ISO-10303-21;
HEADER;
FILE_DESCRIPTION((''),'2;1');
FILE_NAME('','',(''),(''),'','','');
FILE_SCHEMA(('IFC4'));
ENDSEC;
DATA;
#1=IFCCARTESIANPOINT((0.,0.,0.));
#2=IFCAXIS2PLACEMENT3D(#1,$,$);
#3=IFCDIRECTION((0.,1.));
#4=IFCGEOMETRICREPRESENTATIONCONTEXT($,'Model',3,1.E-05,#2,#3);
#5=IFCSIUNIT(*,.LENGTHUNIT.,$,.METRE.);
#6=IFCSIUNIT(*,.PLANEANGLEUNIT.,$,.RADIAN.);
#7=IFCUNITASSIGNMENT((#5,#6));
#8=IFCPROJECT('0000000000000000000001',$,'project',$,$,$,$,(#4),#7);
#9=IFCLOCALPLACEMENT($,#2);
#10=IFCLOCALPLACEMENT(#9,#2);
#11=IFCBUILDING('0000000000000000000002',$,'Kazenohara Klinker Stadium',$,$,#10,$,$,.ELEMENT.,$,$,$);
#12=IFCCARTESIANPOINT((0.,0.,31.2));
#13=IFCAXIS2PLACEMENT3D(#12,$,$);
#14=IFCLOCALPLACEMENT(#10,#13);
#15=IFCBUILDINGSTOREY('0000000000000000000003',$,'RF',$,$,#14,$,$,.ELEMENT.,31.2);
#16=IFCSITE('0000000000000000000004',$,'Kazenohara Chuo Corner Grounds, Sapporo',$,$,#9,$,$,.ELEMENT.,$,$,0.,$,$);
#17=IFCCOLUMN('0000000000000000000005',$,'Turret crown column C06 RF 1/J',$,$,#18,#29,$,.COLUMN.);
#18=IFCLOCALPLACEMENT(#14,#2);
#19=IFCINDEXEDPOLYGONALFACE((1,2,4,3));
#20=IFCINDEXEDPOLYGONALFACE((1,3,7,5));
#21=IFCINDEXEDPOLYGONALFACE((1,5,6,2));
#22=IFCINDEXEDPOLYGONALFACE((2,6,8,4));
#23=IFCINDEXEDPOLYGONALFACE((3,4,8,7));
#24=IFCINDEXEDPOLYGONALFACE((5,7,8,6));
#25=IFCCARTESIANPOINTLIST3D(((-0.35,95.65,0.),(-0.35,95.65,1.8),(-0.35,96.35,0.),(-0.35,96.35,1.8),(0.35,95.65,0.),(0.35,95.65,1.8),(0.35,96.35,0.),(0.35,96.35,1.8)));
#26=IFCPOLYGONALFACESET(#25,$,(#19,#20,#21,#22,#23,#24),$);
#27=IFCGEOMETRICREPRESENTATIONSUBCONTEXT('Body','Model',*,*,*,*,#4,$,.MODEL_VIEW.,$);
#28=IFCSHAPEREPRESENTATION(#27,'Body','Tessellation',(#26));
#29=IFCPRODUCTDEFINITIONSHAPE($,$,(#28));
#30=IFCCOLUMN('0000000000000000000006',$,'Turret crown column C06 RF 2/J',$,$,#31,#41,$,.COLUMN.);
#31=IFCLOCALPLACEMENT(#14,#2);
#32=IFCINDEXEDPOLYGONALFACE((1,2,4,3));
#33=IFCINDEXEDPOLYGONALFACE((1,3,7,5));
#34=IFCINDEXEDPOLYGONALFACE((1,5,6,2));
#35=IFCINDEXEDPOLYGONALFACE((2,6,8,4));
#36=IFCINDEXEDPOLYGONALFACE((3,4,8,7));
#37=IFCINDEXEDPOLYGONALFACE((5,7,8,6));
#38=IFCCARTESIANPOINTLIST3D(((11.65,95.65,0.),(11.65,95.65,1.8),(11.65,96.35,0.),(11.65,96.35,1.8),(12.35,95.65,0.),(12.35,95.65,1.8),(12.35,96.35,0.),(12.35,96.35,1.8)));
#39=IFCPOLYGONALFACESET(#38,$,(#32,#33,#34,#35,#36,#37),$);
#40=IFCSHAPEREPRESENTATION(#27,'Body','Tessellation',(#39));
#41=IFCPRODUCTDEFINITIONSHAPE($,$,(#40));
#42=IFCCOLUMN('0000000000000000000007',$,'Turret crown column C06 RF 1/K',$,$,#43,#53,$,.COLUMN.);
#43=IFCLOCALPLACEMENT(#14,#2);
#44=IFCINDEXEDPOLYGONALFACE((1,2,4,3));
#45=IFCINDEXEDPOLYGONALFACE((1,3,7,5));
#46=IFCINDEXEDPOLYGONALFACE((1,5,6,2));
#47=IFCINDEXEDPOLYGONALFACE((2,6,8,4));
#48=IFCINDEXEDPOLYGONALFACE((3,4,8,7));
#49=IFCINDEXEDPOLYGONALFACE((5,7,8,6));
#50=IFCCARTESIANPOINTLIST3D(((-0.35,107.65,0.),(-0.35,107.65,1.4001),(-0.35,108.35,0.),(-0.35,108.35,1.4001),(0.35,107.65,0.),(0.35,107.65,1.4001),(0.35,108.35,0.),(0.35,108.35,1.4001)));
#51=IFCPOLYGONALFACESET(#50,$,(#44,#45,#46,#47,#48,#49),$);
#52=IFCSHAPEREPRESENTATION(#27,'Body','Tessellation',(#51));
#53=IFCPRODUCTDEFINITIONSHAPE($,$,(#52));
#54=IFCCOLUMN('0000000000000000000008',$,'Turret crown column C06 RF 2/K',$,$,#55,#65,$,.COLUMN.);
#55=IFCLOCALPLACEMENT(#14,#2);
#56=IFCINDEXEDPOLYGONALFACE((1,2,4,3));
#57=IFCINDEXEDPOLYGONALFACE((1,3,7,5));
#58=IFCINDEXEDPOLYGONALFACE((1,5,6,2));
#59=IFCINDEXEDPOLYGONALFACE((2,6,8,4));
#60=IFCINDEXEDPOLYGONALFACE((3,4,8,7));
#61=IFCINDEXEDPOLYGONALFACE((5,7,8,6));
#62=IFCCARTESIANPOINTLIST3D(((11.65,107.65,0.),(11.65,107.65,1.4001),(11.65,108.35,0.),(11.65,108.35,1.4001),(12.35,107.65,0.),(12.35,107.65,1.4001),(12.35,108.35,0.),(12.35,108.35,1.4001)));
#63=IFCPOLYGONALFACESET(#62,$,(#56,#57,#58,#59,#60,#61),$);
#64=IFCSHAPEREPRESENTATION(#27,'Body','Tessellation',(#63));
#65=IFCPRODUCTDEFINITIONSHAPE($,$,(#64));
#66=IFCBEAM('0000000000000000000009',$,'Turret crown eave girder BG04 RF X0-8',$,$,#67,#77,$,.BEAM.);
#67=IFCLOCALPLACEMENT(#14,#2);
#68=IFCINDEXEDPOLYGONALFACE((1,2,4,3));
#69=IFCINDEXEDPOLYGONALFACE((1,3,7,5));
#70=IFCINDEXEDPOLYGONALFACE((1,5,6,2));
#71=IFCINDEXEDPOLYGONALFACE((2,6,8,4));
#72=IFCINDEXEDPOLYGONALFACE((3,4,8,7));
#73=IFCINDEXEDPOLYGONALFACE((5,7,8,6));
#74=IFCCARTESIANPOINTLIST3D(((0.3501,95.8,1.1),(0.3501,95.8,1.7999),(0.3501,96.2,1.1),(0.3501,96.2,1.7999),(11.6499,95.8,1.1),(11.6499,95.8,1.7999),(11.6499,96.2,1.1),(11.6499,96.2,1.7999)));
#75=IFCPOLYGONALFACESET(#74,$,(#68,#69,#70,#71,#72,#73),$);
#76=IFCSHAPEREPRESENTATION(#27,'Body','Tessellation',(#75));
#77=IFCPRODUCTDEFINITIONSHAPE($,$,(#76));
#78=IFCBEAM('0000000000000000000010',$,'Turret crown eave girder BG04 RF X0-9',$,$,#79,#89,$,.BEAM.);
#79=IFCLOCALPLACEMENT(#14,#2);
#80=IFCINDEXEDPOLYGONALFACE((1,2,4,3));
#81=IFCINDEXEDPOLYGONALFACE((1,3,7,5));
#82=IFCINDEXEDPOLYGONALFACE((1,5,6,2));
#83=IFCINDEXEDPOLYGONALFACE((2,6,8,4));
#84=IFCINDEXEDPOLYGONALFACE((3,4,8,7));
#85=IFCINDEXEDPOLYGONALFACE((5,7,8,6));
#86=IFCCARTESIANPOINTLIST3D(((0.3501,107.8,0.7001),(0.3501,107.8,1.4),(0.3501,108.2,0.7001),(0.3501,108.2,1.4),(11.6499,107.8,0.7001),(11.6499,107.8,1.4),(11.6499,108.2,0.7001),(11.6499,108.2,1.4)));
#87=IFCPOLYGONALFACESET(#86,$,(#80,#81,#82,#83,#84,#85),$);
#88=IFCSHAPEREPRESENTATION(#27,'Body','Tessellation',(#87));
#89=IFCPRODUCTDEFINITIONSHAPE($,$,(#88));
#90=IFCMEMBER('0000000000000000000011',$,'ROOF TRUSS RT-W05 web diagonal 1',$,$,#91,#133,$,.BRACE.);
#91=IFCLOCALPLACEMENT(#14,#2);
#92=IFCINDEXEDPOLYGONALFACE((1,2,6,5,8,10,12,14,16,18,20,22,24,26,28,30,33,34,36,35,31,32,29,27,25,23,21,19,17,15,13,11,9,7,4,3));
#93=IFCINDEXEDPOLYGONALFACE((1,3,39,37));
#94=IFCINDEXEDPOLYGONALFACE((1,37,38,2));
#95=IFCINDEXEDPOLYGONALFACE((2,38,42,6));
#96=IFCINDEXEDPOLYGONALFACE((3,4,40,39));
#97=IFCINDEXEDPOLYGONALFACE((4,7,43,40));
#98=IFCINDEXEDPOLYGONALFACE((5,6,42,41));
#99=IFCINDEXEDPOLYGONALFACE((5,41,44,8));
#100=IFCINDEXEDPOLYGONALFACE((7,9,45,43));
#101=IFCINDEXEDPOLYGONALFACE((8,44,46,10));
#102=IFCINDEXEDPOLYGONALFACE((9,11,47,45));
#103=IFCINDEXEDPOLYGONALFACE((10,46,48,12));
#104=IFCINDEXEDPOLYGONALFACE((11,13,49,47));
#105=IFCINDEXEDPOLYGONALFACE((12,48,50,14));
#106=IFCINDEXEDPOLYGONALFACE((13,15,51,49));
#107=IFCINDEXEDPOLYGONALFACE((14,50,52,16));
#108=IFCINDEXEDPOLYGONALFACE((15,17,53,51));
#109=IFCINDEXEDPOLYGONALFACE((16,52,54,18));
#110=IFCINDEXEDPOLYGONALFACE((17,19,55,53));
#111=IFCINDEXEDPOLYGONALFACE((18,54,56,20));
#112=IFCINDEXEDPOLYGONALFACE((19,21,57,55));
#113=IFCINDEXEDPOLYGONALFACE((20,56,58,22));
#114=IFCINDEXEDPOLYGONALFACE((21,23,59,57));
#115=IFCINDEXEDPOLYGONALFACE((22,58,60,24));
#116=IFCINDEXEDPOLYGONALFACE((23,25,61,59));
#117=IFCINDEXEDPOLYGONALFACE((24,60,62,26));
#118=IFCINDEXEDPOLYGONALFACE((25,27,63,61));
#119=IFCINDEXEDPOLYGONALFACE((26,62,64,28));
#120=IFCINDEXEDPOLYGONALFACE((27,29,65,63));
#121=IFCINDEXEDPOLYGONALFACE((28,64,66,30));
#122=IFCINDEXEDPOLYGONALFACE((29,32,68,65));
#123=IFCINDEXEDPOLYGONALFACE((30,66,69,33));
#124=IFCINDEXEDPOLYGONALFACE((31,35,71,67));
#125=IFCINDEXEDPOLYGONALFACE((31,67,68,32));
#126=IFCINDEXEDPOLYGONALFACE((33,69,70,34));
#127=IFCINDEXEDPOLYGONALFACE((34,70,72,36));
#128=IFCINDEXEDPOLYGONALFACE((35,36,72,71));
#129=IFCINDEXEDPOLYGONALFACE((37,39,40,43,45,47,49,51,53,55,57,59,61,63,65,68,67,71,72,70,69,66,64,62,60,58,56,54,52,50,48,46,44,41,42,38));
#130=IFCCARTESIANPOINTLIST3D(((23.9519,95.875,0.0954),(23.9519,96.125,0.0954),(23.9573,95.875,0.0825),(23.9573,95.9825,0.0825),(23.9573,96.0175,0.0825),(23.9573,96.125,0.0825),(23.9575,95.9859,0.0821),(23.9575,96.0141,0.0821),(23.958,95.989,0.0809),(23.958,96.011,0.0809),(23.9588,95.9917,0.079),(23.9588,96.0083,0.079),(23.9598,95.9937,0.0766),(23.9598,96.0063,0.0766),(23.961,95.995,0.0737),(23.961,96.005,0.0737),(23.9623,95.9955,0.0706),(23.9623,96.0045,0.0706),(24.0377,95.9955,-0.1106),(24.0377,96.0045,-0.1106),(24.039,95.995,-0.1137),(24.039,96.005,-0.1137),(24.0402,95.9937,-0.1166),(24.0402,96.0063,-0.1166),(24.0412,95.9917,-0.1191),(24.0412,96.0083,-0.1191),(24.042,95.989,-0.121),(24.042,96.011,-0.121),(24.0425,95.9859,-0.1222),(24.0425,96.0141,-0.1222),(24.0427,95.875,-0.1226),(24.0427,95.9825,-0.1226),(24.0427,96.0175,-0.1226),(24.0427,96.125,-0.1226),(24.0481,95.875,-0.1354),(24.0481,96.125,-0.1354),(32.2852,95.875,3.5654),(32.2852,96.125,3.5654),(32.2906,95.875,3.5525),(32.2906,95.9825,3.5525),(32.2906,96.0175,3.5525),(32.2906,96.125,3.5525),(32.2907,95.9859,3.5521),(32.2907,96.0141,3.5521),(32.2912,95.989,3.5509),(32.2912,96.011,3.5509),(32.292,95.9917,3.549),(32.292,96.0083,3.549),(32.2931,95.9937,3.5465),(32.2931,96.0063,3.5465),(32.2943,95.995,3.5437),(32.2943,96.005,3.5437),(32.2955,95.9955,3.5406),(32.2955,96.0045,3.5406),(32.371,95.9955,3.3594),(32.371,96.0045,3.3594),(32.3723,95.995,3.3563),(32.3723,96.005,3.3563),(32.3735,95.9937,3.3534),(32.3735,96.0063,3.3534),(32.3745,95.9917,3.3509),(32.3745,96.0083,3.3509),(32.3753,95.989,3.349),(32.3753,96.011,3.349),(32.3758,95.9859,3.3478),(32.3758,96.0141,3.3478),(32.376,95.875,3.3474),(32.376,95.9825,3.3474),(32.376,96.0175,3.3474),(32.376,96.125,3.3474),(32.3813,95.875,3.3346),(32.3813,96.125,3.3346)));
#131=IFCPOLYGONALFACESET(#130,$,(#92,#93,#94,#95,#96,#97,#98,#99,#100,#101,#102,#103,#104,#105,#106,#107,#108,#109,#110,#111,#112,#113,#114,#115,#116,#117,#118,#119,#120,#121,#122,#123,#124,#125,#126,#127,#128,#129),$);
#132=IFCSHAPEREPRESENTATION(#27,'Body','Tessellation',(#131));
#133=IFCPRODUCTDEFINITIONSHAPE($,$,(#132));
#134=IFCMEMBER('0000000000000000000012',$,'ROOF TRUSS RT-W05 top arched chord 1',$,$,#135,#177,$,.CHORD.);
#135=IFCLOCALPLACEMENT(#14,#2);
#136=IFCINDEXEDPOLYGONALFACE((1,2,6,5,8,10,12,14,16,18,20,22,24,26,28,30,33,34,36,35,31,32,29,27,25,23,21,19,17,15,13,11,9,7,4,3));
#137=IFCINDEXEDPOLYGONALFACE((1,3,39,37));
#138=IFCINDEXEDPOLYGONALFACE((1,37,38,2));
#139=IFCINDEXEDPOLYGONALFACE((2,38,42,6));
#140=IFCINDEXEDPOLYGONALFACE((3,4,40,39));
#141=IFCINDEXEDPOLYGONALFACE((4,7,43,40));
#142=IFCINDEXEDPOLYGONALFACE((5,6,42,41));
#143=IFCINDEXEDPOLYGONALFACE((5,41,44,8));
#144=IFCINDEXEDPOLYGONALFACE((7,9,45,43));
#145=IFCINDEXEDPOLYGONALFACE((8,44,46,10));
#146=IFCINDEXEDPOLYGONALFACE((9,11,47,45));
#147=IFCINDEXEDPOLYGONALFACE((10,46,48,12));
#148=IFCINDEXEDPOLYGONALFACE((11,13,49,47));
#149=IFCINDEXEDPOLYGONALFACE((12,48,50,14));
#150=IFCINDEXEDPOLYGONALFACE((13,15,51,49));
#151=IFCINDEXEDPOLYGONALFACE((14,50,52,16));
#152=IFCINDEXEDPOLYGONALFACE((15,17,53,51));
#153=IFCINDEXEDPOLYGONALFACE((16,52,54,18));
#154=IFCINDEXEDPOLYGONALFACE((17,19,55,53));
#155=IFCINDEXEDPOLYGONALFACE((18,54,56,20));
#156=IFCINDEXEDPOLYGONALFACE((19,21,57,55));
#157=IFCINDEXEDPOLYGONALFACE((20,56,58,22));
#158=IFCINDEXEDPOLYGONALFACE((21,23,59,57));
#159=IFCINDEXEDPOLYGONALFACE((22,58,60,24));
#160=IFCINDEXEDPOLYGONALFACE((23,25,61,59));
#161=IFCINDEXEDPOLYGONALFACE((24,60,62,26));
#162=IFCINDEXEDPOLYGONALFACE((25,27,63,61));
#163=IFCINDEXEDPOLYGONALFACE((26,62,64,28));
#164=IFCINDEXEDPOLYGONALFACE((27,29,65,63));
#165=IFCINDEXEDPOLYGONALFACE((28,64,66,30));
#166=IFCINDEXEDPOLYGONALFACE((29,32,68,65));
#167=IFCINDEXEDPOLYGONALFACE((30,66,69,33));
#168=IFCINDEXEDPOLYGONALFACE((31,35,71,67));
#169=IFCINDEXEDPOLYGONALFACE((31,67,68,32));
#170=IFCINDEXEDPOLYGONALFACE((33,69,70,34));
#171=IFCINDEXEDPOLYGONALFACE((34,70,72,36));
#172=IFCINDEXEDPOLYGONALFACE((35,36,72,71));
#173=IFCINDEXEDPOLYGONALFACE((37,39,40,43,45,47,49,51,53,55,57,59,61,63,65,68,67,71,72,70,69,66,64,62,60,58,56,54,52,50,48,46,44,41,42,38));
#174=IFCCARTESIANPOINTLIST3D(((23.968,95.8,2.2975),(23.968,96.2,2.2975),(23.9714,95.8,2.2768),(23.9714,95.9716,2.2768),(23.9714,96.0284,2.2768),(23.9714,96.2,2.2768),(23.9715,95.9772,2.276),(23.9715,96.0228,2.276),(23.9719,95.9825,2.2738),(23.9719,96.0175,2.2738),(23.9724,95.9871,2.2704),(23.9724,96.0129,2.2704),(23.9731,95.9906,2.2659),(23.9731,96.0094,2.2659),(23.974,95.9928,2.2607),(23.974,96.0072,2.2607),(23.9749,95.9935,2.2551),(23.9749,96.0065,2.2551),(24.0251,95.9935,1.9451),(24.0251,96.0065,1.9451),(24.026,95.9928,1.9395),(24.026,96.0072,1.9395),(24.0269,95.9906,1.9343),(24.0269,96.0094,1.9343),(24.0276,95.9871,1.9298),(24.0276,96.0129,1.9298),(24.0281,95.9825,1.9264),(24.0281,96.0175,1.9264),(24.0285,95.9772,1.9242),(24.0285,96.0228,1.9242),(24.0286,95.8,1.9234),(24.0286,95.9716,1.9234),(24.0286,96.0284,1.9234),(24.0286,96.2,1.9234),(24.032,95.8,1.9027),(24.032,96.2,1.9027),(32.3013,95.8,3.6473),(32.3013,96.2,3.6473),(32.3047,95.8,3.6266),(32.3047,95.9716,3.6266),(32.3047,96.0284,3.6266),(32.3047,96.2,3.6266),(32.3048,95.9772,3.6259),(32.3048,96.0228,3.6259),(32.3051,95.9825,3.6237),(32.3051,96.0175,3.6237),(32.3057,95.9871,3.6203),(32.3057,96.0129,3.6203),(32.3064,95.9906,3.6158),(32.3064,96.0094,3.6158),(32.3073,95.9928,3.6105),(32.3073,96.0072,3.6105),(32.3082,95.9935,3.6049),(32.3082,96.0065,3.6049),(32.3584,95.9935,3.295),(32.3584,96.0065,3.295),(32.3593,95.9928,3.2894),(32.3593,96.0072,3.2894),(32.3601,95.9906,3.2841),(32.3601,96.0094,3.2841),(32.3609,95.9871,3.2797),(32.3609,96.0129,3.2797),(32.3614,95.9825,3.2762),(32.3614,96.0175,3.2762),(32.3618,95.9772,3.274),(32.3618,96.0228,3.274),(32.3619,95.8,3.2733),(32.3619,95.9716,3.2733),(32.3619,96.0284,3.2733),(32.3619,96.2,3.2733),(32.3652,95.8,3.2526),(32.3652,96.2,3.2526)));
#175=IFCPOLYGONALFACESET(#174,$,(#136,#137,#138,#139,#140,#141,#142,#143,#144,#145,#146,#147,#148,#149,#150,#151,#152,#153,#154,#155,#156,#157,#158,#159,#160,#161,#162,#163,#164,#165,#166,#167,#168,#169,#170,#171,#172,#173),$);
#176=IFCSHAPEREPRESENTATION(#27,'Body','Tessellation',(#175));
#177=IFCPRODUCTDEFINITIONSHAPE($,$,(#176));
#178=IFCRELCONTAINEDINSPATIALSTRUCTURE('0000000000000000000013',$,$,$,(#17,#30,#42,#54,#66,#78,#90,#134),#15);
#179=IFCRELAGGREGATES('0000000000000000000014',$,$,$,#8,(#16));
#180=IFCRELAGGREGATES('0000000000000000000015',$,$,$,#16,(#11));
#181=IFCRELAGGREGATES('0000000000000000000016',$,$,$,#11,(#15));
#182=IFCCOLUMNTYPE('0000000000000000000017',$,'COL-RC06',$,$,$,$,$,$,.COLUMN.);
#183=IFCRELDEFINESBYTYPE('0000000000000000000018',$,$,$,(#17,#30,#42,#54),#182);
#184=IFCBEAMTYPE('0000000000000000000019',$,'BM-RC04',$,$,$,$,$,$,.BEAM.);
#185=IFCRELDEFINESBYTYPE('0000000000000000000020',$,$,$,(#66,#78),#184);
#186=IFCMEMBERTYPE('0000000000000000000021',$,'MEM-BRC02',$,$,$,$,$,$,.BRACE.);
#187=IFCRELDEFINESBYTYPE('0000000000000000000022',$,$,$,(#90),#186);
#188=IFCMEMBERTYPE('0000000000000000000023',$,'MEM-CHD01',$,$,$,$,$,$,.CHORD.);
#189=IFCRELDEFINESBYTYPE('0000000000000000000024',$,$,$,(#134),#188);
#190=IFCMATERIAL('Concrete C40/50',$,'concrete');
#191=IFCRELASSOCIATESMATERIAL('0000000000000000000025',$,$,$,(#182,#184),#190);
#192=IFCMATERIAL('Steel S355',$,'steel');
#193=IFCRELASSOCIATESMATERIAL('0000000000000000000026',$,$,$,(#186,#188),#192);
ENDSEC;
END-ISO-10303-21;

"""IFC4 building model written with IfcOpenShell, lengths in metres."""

from ifc_helpers import new_model, si_unit, direction, frame, origin, origin_2d, place, context, subcontext, project, spatial, rectangle, i_section, extrude, material, material_profile, profile_set, type_object, element, save


model = new_model("IFC4")

# Units and contexts
model_context = context("Model", 3, precision=1e-05, world=origin(), true_north=direction((0.0, 1.0)))
body_context = subcontext(model_context, "Body", "Model", "MODEL_VIEW")
ifc_project = project(units=[si_unit("LENGTHUNIT", "METRE"), si_unit("PLANEANGLEUNIT", "RADIAN")], contexts=[model_context])

# Site, building, storey
site_placement = place(None, origin())
site = spatial("IfcSite", under=ifc_project, at=site_placement, Name="Kazenohara Chuo Corner Grounds, Sapporo", CompositionType="ELEMENT", RefElevation=0.0)
building_placement = place(site_placement, origin())
building = spatial("IfcBuilding", under=site, at=building_placement, Name="Kazenohara Klinker Stadium", CompositionType="ELEMENT")
storey_placement = place(building_placement, frame((0.0, 0.0, 31.2)))
storey = spatial("IfcBuildingStorey", under=building, at=storey_placement, Name="RF", CompositionType="ELEMENT", Elevation=31.2)

# Columns
ifc_material_1 = material(Name="Concrete C40/50", Category="concrete")
ifc_material_profile_1 = material_profile(ifc_material_1, rectangle(XDim=0.7, YDim=0.7, at=origin_2d()), Name="RC-COL-700x700")
ifc_profile_set_1 = profile_set([ifc_material_profile_1], Name="Concrete C40/50")
column_type = type_object("IfcColumnType", Name="COL-RC06", PredefinedType="COLUMN", material=ifc_profile_set_1)
for number, where, z_axis, x_axis, name in (
    (1, (0.0, 96.0, 0.0), (0.0, 0.0, 1.0), (1.0, 0.0, 0.0), "Turret crown column C06 RF 1/J"),
    (2, (12.0, 96.0, 0.0), (0.0, 0.0, 1.0), (1.0, 0.0, 0.0), "Turret crown column C06 RF 2/J"),
):
    element("IfcColumn", number, at=place(storey_placement, frame(where, z_axis=z_axis, x_axis=x_axis)), inside=storey, type_object=column_type, Name=name, PredefinedType="COLUMN", context=body_context, shape_type="SweptSolid", body=[
        extrude(rectangle(XDim=0.7, YDim=0.7, at=origin_2d()), origin(), (0.0, 0.0, 1.0), 1.8),
    ])
for number, where, z_axis, x_axis, name in (
    (3, (0.0, 108.0, 0.0), (0.0, 0.0, 1.0), (1.0, 0.0, 0.0), "Turret crown column C06 RF 1/K"),
    (4, (12.0, 108.0, 0.0), (0.0, 0.0, 1.0), (1.0, 0.0, 0.0), "Turret crown column C06 RF 2/K"),
):
    element("IfcColumn", number, at=place(storey_placement, frame(where, z_axis=z_axis, x_axis=x_axis)), inside=storey, type_object=column_type, Name=name, PredefinedType="COLUMN", context=body_context, shape_type="SweptSolid", body=[
        extrude(rectangle(XDim=0.7, YDim=0.7, at=origin_2d()), origin(), (0.0, 0.0, 1.0), 1.4001),
    ])

# Beams
ifc_material_profile_2 = material_profile(ifc_material_1, rectangle(XDim=0.3999, YDim=0.7, at=origin_2d()), Name="RC-BM-400x700")
ifc_profile_set_2 = profile_set([ifc_material_profile_2], Name="Concrete C40/50")
beam_type = type_object("IfcBeamType", Name="BM-RC04", PredefinedType="BEAM", material=ifc_profile_set_2)
for number, where, z_axis, x_axis, name in (
    (5, (0.3501, 96.0, 1.45), (1.0, 0.0, 0.0), (0.0, 1.0, 0.0), "Turret crown eave girder BG04 RF X0-8"),
    (6, (0.3501, 108.0, 1.05), (1.0, 0.0, 0.0), (0.0, 1.0, 0.0), "Turret crown eave girder BG04 RF X0-9"),
):
    element("IfcBeam", number, at=place(storey_placement, frame(where, z_axis=z_axis, x_axis=x_axis)), inside=storey, type_object=beam_type, Name=name, PredefinedType="BEAM", context=body_context, shape_type="SweptSolid", body=[
        extrude(rectangle(XDim=0.3999, YDim=0.7, at=origin_2d()), origin(), (0.0, 0.0, 1.0), 11.2998),
    ])

# Members
ifc_material_2 = material(Name="Steel S355", Category="steel")
ifc_material_profile_3 = material_profile(ifc_material_2, i_section(OverallWidth=0.25, OverallDepth=0.25, WebThickness=0.009, FlangeThickness=0.0139, FilletRadius=0.0129, at=origin_2d()), Name="H-250x250x9x14")
ifc_profile_set_3 = profile_set([ifc_material_profile_3], Name="Steel S355")
member_type_1 = type_object("IfcMemberType", Name="MEM-BRC02", PredefinedType="BRACE", material=ifc_profile_set_3)
member_1_placement = place(storey_placement, frame((24.0, 96.0, -0.02), z_axis=(0.923164, 0.0, 0.384406), x_axis=(0.0, 1.0, 0.0)))
element("IfcMember", 7, at=member_1_placement, inside=storey, type_object=member_type_1, Name="ROOF TRUSS RT-W05 web diagonal 1", PredefinedType="BRACE", context=body_context, shape_type="SweptSolid", body=[
    extrude(i_section(OverallWidth=0.25, OverallDepth=0.25, WebThickness=0.009, FlangeThickness=0.0139, FilletRadius=0.0129, at=origin_2d()), origin(), (0.0, 0.0, 1.0), 9.0269),
])
ifc_material_profile_4 = material_profile(ifc_material_2, i_section(OverallWidth=0.3999, OverallDepth=0.3999, WebThickness=0.0129, FlangeThickness=0.021, FilletRadius=0.022, at=origin_2d()), Name="H-400x400x13x21")
ifc_profile_set_4 = profile_set([ifc_material_profile_4], Name="Steel S355")
member_type_2 = type_object("IfcMemberType", Name="MEM-CHD01", PredefinedType="CHORD", material=ifc_profile_set_4)
member_2_placement = place(storey_placement, frame((24.0, 96.0, 2.1001), z_axis=(0.987133, 0.0, 0.1599), x_axis=(0.0, 1.0, 0.0)))
element("IfcMember", 8, at=member_2_placement, inside=storey, type_object=member_type_2, Name="ROOF TRUSS RT-W05 top arched chord 1", PredefinedType="CHORD", context=body_context, shape_type="SweptSolid", body=[
    extrude(i_section(OverallWidth=0.3999, OverallDepth=0.3999, WebThickness=0.0129, FlangeThickness=0.021, FilletRadius=0.022, at=origin_2d()), origin(), (0.0, 0.0, 1.0), 8.4419),
])

save(model, "model.ifc")
